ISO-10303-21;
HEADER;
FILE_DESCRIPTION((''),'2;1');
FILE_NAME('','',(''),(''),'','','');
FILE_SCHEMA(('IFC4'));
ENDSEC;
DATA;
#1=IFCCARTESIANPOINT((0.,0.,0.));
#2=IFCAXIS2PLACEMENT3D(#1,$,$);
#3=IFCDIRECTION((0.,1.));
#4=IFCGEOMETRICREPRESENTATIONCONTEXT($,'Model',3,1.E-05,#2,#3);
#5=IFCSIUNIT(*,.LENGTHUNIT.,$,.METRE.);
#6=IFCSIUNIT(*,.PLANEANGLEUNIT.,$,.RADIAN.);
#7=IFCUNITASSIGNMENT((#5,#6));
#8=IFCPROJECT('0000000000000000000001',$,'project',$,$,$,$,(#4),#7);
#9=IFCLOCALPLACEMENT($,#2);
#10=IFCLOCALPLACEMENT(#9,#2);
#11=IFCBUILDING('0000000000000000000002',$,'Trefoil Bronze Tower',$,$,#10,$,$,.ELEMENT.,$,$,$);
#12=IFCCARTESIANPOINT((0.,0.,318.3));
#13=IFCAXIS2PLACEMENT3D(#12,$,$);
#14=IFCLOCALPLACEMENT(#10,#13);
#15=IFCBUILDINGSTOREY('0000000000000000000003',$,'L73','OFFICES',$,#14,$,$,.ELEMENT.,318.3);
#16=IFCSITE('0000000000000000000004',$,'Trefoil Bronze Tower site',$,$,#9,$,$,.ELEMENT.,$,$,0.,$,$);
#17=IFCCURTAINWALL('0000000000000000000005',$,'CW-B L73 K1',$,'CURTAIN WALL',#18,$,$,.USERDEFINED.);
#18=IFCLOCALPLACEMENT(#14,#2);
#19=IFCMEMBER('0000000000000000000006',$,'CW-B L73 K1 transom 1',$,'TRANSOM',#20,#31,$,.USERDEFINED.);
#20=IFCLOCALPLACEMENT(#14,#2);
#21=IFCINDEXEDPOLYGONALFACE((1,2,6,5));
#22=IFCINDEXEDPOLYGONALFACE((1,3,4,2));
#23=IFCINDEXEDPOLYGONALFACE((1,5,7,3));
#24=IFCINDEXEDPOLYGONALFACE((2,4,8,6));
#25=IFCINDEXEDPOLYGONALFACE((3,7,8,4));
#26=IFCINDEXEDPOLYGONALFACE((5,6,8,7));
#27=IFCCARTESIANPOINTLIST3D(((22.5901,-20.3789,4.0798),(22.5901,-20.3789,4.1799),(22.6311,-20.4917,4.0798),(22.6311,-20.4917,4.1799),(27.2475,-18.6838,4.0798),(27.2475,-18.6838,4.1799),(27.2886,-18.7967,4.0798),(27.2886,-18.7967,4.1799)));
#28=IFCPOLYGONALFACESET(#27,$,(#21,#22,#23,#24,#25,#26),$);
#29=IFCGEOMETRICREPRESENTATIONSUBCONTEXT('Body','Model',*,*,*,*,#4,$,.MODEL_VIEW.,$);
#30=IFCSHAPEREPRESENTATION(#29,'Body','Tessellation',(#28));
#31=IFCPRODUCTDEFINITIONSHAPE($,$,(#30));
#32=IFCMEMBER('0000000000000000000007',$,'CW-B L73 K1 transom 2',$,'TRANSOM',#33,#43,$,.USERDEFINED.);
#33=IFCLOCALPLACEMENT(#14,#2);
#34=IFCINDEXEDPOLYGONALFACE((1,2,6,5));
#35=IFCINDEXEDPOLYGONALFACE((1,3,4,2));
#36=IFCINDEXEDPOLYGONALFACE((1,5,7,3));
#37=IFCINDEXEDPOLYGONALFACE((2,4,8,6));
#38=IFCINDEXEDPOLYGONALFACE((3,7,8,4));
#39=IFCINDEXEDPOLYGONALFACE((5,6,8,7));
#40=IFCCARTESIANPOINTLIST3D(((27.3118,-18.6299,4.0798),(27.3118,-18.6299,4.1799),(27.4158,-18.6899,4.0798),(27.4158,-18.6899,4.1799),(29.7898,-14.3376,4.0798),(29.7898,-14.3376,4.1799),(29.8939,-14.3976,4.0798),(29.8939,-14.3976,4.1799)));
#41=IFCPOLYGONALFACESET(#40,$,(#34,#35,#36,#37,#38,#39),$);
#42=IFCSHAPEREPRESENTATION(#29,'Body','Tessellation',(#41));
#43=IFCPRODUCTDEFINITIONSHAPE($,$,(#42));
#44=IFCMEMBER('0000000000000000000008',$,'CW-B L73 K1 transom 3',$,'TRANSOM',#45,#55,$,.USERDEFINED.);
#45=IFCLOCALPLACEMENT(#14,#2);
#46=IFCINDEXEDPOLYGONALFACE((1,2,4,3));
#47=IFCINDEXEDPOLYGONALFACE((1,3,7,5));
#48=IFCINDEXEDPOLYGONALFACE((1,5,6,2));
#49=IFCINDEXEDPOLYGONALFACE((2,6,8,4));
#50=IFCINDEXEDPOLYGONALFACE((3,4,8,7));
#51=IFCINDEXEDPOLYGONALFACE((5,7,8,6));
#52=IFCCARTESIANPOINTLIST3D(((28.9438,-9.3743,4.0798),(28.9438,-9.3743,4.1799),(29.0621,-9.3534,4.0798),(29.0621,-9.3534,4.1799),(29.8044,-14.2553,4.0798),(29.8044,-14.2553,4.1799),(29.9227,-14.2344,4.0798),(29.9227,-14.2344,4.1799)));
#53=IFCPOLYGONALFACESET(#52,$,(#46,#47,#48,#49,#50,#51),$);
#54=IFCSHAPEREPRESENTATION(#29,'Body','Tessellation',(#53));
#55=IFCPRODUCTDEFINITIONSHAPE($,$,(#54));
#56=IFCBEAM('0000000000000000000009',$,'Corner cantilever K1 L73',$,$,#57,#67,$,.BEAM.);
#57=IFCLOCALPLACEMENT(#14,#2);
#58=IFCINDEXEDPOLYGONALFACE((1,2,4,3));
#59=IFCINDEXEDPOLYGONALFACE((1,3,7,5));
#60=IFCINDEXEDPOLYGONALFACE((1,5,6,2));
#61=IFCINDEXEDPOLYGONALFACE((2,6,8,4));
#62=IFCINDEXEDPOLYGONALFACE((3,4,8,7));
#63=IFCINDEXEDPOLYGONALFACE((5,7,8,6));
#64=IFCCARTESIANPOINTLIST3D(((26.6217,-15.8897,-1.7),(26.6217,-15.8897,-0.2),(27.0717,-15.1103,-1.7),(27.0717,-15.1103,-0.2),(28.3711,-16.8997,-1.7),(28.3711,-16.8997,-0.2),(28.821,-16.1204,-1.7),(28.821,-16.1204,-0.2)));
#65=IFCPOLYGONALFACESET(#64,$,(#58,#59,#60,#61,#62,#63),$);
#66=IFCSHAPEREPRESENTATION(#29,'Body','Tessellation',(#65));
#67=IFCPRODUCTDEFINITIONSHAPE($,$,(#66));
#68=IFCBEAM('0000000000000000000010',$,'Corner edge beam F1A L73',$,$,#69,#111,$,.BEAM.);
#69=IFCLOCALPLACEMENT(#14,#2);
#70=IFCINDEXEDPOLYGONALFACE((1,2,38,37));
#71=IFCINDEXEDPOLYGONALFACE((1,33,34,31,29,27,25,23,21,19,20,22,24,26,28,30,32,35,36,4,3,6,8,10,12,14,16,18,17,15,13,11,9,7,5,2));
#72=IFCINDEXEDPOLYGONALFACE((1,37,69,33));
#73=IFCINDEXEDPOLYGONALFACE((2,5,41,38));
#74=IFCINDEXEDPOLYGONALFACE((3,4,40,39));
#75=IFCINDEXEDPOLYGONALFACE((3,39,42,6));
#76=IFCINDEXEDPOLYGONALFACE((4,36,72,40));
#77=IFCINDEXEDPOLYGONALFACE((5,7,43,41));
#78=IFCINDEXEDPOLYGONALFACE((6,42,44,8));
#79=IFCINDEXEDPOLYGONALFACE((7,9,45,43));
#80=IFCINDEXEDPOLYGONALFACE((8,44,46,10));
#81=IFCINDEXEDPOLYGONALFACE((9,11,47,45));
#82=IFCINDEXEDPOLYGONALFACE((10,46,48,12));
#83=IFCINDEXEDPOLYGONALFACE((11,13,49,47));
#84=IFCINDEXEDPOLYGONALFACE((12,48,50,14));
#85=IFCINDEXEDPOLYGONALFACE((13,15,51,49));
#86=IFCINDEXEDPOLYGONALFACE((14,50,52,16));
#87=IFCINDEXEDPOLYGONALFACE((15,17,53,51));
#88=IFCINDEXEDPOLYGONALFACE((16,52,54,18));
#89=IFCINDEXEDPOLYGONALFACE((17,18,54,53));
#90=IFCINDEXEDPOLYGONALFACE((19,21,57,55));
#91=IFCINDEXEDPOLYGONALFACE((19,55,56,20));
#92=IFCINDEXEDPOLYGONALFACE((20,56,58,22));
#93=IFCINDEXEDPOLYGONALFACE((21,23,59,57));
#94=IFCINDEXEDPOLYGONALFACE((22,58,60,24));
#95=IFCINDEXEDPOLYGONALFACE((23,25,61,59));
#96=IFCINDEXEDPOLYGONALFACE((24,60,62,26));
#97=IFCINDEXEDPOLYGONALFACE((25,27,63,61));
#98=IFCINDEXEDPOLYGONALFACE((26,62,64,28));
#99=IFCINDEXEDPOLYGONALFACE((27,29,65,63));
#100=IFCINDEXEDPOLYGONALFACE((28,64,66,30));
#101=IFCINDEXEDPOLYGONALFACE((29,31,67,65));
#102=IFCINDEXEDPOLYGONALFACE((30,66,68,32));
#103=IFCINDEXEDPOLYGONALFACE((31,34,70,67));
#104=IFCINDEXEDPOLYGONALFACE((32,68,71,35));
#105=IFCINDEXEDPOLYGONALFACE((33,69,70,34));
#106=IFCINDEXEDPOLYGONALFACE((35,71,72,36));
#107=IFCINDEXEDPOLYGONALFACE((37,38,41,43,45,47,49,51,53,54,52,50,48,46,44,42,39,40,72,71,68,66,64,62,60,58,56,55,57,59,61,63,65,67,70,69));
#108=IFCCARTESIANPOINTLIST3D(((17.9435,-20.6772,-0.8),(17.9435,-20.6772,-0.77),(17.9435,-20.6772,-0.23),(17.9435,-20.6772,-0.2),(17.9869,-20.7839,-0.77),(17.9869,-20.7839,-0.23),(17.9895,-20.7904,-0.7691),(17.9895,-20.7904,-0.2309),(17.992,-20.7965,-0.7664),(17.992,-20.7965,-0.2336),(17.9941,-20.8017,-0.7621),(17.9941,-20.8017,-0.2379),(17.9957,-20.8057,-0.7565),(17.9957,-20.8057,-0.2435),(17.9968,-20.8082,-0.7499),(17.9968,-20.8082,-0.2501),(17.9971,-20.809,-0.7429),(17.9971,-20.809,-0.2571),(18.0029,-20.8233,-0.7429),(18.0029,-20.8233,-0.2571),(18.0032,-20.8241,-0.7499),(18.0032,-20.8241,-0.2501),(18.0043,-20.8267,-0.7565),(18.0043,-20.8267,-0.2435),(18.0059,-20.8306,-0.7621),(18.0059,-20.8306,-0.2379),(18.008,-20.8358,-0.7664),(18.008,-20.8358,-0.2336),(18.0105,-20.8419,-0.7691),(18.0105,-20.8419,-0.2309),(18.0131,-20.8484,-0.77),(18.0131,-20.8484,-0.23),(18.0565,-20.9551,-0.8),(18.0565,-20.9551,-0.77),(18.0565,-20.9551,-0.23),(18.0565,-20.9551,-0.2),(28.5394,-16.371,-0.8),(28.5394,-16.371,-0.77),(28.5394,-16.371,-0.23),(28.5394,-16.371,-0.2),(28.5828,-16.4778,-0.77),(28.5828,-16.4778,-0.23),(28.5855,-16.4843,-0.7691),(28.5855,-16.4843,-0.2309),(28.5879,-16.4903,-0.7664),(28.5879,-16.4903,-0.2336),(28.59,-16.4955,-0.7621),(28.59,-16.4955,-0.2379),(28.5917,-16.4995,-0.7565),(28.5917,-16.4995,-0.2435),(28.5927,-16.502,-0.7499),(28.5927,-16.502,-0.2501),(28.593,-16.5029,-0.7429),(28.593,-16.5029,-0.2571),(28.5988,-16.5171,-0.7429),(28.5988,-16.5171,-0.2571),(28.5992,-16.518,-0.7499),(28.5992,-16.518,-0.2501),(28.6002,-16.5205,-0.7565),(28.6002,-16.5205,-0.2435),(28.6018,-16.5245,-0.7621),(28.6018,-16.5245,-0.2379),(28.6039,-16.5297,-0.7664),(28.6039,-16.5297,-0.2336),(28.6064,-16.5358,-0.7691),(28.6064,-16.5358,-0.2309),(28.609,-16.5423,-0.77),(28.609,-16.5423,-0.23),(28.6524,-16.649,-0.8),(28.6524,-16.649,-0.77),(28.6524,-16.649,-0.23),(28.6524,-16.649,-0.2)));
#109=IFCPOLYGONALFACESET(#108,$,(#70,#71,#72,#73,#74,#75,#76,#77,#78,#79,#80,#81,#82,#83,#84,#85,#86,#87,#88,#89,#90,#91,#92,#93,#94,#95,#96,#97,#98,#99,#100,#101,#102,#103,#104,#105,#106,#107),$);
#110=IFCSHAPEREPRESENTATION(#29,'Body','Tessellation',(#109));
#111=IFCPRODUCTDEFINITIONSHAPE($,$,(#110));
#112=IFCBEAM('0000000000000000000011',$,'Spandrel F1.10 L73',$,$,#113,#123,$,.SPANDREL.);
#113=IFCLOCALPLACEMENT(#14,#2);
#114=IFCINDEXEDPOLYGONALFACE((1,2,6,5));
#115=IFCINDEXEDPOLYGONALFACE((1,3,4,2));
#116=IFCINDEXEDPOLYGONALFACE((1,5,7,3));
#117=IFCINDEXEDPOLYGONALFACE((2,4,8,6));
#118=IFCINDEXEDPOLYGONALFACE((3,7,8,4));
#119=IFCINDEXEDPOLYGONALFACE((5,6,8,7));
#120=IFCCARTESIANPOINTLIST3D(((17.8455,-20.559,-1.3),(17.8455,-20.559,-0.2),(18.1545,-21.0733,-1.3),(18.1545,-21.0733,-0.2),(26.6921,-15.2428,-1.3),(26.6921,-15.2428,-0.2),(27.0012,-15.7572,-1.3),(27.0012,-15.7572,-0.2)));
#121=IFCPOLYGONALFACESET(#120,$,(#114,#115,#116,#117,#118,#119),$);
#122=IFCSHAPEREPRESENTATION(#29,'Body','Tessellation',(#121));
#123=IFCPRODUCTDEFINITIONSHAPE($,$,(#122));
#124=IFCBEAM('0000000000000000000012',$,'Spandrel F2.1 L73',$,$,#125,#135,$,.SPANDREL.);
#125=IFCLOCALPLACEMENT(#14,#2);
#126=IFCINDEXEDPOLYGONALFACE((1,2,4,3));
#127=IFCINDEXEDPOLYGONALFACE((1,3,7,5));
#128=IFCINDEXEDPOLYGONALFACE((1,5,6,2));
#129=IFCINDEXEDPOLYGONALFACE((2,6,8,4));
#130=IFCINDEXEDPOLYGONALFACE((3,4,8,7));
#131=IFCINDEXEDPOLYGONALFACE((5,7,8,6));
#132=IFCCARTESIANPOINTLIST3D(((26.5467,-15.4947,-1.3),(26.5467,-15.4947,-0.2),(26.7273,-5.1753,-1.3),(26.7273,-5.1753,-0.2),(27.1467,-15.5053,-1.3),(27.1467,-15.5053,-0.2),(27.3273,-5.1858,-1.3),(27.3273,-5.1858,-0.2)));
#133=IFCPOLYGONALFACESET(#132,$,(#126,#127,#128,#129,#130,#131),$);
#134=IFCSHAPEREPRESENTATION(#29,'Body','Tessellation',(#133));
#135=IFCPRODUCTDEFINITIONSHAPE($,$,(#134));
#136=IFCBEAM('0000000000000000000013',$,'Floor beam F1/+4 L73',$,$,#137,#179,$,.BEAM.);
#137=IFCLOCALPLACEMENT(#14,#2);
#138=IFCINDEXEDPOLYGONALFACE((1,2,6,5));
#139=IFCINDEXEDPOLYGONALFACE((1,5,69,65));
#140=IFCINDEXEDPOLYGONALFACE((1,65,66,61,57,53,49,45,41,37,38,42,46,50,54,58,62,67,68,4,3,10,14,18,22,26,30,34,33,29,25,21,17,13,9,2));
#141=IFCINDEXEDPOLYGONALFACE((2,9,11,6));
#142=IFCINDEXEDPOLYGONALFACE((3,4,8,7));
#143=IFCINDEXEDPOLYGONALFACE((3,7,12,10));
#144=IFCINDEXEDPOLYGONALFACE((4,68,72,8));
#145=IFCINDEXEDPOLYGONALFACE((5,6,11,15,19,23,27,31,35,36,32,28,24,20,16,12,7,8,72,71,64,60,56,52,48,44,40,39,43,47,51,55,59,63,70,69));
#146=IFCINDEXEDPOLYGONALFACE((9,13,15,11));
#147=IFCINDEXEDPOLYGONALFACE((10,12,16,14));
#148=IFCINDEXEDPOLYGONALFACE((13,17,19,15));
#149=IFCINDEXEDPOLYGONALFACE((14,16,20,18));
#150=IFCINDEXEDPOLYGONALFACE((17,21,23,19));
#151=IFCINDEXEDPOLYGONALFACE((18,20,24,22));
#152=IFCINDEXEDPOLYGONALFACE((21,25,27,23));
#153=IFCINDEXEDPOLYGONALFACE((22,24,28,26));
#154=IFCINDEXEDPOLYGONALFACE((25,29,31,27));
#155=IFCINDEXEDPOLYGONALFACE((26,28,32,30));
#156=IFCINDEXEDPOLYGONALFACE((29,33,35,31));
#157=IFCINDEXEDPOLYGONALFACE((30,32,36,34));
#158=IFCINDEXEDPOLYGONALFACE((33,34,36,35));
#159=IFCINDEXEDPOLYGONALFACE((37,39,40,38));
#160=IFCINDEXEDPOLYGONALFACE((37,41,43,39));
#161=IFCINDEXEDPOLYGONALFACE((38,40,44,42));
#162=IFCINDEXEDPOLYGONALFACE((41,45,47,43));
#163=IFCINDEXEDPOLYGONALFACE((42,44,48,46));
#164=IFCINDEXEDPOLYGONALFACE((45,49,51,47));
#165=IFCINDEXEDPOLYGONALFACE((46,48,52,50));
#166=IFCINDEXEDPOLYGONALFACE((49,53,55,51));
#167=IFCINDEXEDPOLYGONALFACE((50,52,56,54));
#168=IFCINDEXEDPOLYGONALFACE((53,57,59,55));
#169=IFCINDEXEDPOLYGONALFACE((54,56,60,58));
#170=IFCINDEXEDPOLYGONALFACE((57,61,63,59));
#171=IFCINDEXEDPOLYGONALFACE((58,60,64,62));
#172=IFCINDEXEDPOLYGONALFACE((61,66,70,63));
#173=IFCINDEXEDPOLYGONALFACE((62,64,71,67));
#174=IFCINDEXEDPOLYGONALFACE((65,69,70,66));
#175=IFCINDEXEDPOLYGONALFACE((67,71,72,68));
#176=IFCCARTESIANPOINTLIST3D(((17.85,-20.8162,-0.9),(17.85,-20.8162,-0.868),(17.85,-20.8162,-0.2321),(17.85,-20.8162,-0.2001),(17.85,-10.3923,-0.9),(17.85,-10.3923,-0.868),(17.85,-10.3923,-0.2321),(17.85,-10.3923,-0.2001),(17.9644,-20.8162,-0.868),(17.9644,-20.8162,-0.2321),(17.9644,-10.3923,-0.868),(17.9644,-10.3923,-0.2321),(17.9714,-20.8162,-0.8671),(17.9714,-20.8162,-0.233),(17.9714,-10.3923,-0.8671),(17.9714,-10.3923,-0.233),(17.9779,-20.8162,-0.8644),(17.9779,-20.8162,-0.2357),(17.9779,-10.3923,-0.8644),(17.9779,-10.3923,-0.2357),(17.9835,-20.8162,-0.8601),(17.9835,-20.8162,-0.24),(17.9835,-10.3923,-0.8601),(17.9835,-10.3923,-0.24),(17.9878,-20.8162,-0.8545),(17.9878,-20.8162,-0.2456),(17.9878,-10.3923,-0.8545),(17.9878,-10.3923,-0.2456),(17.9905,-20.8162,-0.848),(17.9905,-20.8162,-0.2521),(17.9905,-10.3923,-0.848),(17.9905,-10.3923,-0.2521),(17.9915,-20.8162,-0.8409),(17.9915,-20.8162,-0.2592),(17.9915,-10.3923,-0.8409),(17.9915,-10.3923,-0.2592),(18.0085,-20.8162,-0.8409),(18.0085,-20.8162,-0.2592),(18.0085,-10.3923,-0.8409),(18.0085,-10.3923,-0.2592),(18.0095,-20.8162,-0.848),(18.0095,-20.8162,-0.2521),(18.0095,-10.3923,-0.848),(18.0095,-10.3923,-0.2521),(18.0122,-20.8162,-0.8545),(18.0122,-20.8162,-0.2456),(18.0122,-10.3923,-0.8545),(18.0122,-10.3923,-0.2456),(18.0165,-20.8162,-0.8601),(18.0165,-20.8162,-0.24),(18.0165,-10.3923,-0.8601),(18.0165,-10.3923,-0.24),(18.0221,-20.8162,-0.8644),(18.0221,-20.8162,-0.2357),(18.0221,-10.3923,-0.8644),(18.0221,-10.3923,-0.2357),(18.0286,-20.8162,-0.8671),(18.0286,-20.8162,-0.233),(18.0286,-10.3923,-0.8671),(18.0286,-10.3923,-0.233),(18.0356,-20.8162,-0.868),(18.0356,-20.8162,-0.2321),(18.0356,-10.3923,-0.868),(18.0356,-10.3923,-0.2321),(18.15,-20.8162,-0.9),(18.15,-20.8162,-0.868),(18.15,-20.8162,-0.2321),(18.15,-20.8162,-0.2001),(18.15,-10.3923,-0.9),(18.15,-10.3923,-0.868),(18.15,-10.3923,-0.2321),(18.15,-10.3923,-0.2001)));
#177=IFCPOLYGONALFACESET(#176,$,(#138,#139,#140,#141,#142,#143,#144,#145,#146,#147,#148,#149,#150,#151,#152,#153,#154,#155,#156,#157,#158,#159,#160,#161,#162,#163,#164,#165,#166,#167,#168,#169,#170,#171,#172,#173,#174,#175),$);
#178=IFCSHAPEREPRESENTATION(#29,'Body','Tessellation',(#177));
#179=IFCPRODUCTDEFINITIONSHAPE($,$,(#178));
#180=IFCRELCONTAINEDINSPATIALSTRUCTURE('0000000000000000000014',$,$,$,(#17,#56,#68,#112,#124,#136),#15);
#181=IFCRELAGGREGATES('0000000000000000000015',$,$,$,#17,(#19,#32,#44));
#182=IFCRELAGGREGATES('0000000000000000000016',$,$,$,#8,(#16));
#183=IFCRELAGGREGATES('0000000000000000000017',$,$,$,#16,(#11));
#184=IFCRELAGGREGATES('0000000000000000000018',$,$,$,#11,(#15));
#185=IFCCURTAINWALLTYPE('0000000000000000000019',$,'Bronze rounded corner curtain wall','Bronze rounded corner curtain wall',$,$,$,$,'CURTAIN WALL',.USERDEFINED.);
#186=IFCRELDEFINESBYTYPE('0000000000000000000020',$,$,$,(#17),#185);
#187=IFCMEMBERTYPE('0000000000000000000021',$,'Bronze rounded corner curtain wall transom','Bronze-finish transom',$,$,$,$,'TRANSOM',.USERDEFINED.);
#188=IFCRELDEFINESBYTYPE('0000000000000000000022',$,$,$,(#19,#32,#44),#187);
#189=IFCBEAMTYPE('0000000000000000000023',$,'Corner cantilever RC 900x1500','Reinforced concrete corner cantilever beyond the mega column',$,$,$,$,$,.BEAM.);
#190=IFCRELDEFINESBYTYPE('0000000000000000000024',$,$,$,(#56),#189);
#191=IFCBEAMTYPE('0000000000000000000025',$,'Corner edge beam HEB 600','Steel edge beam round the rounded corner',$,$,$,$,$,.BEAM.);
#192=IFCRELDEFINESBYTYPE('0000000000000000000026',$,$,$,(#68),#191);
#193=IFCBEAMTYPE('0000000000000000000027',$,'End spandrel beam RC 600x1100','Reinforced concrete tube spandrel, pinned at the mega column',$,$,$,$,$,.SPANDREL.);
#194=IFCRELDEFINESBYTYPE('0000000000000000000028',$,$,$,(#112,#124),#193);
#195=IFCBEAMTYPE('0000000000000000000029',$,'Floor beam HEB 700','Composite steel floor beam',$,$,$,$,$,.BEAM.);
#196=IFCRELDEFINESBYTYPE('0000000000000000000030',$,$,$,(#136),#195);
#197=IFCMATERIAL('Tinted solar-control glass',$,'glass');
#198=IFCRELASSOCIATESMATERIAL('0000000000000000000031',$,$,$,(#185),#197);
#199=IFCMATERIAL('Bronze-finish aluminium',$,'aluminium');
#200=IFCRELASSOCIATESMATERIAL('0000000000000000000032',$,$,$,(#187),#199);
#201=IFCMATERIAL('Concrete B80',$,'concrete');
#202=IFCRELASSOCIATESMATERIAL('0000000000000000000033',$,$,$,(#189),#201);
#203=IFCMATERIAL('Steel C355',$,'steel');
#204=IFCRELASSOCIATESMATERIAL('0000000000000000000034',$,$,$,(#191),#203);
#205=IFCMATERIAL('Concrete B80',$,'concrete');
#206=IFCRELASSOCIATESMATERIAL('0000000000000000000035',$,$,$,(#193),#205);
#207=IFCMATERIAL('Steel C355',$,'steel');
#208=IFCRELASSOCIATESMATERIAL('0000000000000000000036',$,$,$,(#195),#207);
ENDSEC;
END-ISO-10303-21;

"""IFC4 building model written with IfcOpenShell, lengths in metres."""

from ifc_helpers import new_model, si_unit, direction, frame, origin, origin_2d, place, context, subcontext, project, spatial, rectangle, i_section, extrude, material, material_profile, profile_set, type_object, element, aggregate, save


model = new_model("IFC4")

# Units and contexts
model_context = context("Model", 3, precision=1e-05, world=origin(), true_north=direction((0.0, 1.0)))
body_context = subcontext(model_context, "Body", "Model", "MODEL_VIEW")
ifc_project = project(units=[si_unit("LENGTHUNIT", "METRE"), si_unit("PLANEANGLEUNIT", "RADIAN")], contexts=[model_context])

# Site, building, storey
site_placement = place(None, origin())
site = spatial("IfcSite", under=ifc_project, at=site_placement, Name="Trefoil Bronze Tower site", CompositionType="ELEMENT", RefElevation=0.0)
building_placement = place(site_placement, origin())
building = spatial("IfcBuilding", under=site, at=building_placement, Name="Trefoil Bronze Tower", CompositionType="ELEMENT")
storey_placement = place(building_placement, frame((0.0, 0.0, 318.3)))
storey = spatial("IfcBuildingStorey", under=building, at=storey_placement, Name="L73", Description="OFFICES", CompositionType="ELEMENT", Elevation=318.3)

# Curtain wall, members
ifc_material_1 = material(Name="Tinted solar-control glass", Category="glass")
curtain_wall_type_1 = type_object("IfcCurtainWallType", Name="Bronze rounded corner curtain wall", Description="Bronze rounded corner curtain wall", ElementType="CURTAIN WALL", PredefinedType="USERDEFINED", material=ifc_material_1)
curtain_wall_1_placement = place(storey_placement, origin())
curtain_wall_1 = element("IfcCurtainWall", 1, at=curtain_wall_1_placement, inside=storey, type_object=curtain_wall_type_1, Name="CW-B L73 K1", ObjectType="CURTAIN WALL", PredefinedType="USERDEFINED")
ifc_material_2 = material(Name="Bronze-finish aluminium", Category="aluminium")
ifc_material_profile_1 = material_profile(ifc_material_2, rectangle(XDim=0.1201, YDim=0.1001, at=origin_2d()), Name="CW-B transom")
ifc_profile_set_1 = profile_set([ifc_material_profile_1], Name="Bronze-finish aluminium")
member_type_1 = type_object("IfcMemberType", Name="Bronze rounded corner curtain wall transom", Description="Bronze-finish transom", ElementType="TRANSOM", PredefinedType="USERDEFINED", material=ifc_profile_set_1)
member_1_placement = place(storey_placement, frame((22.6106, -20.4353, 4.1299), z_axis=(0.9397, 0.342, 0.0), x_axis=(-0.342, 0.9397, 0.0)))
member_1 = element("IfcMember", 2, at=member_1_placement, type_object=member_type_1, Name="CW-B L73 K1 transom 1", ObjectType="TRANSOM", PredefinedType="USERDEFINED", context=body_context, shape_type="SweptSolid", body=[
    extrude(rectangle(XDim=0.1201, YDim=0.1001, at=origin_2d()), origin(), (0.0, 0.0, 1.0), 4.9563),
])
member_2_placement = place(storey_placement, frame((27.3638, -18.6599, 4.1299), z_axis=(0.499985, 0.866034, 0.0), x_axis=(-0.866034, 0.499985, 0.0)))
member_2 = element("IfcMember", 3, at=member_2_placement, type_object=member_type_1, Name="CW-B L73 K1 transom 2", ObjectType="TRANSOM", PredefinedType="USERDEFINED", context=body_context, shape_type="SweptSolid", body=[
    extrude(rectangle(XDim=0.1201, YDim=0.1001, at=origin_2d()), origin(), (0.0, 0.0, 1.0), 4.9563),
])
member_3_placement = place(storey_placement, frame((29.8635, -14.2449, 4.1299), z_axis=(-0.173634, 0.98481, 0.0), x_axis=(-0.98481, -0.173634, 0.0)))
member_3 = element("IfcMember", 4, at=member_3_placement, type_object=member_type_1, Name="CW-B L73 K1 transom 3", ObjectType="TRANSOM", PredefinedType="USERDEFINED", context=body_context, shape_type="SweptSolid", body=[
    extrude(rectangle(XDim=0.1201, YDim=0.1001, at=origin_2d()), origin(), (0.0, 0.0, 1.0), 4.9563),
])

# Beams
ifc_material_3 = material(Name="Concrete B80", Category="concrete")
ifc_material_profile_2 = material_profile(ifc_material_3, rectangle(XDim=0.8999, YDim=1.5, at=origin_2d()), Name="RC 900x1500")
ifc_profile_set_2 = profile_set([ifc_material_profile_2], Name="Concrete B80")
beam_type_1 = type_object("IfcBeamType", Name="Corner cantilever RC 900x1500", Description="Reinforced concrete corner cantilever beyond the mega column", PredefinedType="BEAM", material=ifc_profile_set_2)
beam_1_placement = place(storey_placement, frame((26.8467, -15.5, -0.95), z_axis=(0.86601, -0.500026, 0.0), x_axis=(0.500026, 0.86601, 0.0)))
element("IfcBeam", 5, at=beam_1_placement, inside=storey, type_object=beam_type_1, Name="Corner cantilever K1 L73", PredefinedType="BEAM", context=body_context, shape_type="SweptSolid", body=[
    extrude(rectangle(XDim=0.8999, YDim=1.5, at=origin_2d()), origin(), (0.0, 0.0, 1.0), 2.02),
])
ifc_material_4 = material(Name="Steel C355", Category="steel")
ifc_material_profile_3 = material_profile(ifc_material_4, i_section(OverallWidth=0.3, OverallDepth=0.6001, WebThickness=0.0154, FlangeThickness=0.03, FilletRadius=0.0271, at=origin_2d()), Name="HEB 600")
ifc_profile_set_3 = profile_set([ifc_material_profile_3], Name="Steel C355")
beam_type_2 = type_object("IfcBeamType", Name="Corner edge beam HEB 600", Description="Steel edge beam round the rounded corner", PredefinedType="BEAM", material=ifc_profile_set_3)
beam_2_placement = place(storey_placement, frame((18.0, -20.8162, -0.5), z_axis=(0.926419, 0.376493, 0.0), x_axis=(-0.376493, 0.926419, 0.0)))
element("IfcBeam", 6, at=beam_2_placement, inside=storey, type_object=beam_type_2, Name="Corner edge beam F1A L73", PredefinedType="BEAM", context=body_context, shape_type="SweptSolid", body=[
    extrude(i_section(OverallWidth=0.3, OverallDepth=0.6001, WebThickness=0.0154, FlangeThickness=0.03, FilletRadius=0.0271, at=origin_2d()), origin(), (0.0, 0.0, 1.0), 11.4375),
])
ifc_material_5 = material(Name="Concrete B80", Category="concrete")
ifc_material_profile_4 = material_profile(ifc_material_5, rectangle(XDim=0.6001, YDim=1.1001, at=origin_2d()), Name="RC 600x1100")
ifc_profile_set_4 = profile_set([ifc_material_profile_4], Name="Concrete B80")
beam_type_3 = type_object("IfcBeamType", Name="End spandrel beam RC 600x1100", Description="Reinforced concrete tube spandrel, pinned at the mega column", PredefinedType="SPANDREL", material=ifc_profile_set_4)
for number, where, z_axis, x_axis, name in (
    (7, (18.0, -20.8162, -0.75), (0.857144, 0.515077, 0.0), (-0.515077, 0.857144, 0.0), "Spandrel F1.10 L73"),
    (8, (26.8467, -15.5, -0.75), (0.017504, 0.999847, 0.0), (-0.999847, 0.017504, 0.0), "Spandrel F2.1 L73"),
):
    element("IfcBeam", number, at=place(storey_placement, frame(where, z_axis=z_axis, x_axis=x_axis)), inside=storey, type_object=beam_type_3, Name=name, PredefinedType="SPANDREL", context=body_context, shape_type="SweptSolid", body=[
        extrude(rectangle(XDim=0.6001, YDim=1.1001, at=origin_2d()), origin(), (0.0, 0.0, 1.0), 10.321),
    ])
ifc_material_6 = material(Name="Steel C355", Category="steel")
ifc_material_profile_5 = material_profile(ifc_material_6, i_section(OverallWidth=0.3, OverallDepth=0.7, WebThickness=0.0171, FlangeThickness=0.032, FilletRadius=0.0271, at=origin_2d()), Name="HEB 700")
ifc_profile_set_5 = profile_set([ifc_material_profile_5], Name="Steel C355")
beam_type_4 = type_object("IfcBeamType", Name="Floor beam HEB 700", Description="Composite steel floor beam", PredefinedType="BEAM", material=ifc_profile_set_5)
beam_3_placement = place(storey_placement, frame((18.0, -20.8162, -0.55), z_axis=(0.0, 1.0, 0.0), x_axis=(-1.0, 0.0, 0.0)))
element("IfcBeam", 9, at=beam_3_placement, inside=storey, type_object=beam_type_4, Name="Floor beam F1/+4 L73", PredefinedType="BEAM", context=body_context, shape_type="SweptSolid", body=[
    extrude(i_section(OverallWidth=0.3, OverallDepth=0.7, WebThickness=0.0171, FlangeThickness=0.032, FilletRadius=0.0271, at=origin_2d()), origin(), (0.0, 0.0, 1.0), 10.4238),
])

aggregate(curtain_wall_1, [member_1, member_2, member_3])

save(model, "model.ifc")
